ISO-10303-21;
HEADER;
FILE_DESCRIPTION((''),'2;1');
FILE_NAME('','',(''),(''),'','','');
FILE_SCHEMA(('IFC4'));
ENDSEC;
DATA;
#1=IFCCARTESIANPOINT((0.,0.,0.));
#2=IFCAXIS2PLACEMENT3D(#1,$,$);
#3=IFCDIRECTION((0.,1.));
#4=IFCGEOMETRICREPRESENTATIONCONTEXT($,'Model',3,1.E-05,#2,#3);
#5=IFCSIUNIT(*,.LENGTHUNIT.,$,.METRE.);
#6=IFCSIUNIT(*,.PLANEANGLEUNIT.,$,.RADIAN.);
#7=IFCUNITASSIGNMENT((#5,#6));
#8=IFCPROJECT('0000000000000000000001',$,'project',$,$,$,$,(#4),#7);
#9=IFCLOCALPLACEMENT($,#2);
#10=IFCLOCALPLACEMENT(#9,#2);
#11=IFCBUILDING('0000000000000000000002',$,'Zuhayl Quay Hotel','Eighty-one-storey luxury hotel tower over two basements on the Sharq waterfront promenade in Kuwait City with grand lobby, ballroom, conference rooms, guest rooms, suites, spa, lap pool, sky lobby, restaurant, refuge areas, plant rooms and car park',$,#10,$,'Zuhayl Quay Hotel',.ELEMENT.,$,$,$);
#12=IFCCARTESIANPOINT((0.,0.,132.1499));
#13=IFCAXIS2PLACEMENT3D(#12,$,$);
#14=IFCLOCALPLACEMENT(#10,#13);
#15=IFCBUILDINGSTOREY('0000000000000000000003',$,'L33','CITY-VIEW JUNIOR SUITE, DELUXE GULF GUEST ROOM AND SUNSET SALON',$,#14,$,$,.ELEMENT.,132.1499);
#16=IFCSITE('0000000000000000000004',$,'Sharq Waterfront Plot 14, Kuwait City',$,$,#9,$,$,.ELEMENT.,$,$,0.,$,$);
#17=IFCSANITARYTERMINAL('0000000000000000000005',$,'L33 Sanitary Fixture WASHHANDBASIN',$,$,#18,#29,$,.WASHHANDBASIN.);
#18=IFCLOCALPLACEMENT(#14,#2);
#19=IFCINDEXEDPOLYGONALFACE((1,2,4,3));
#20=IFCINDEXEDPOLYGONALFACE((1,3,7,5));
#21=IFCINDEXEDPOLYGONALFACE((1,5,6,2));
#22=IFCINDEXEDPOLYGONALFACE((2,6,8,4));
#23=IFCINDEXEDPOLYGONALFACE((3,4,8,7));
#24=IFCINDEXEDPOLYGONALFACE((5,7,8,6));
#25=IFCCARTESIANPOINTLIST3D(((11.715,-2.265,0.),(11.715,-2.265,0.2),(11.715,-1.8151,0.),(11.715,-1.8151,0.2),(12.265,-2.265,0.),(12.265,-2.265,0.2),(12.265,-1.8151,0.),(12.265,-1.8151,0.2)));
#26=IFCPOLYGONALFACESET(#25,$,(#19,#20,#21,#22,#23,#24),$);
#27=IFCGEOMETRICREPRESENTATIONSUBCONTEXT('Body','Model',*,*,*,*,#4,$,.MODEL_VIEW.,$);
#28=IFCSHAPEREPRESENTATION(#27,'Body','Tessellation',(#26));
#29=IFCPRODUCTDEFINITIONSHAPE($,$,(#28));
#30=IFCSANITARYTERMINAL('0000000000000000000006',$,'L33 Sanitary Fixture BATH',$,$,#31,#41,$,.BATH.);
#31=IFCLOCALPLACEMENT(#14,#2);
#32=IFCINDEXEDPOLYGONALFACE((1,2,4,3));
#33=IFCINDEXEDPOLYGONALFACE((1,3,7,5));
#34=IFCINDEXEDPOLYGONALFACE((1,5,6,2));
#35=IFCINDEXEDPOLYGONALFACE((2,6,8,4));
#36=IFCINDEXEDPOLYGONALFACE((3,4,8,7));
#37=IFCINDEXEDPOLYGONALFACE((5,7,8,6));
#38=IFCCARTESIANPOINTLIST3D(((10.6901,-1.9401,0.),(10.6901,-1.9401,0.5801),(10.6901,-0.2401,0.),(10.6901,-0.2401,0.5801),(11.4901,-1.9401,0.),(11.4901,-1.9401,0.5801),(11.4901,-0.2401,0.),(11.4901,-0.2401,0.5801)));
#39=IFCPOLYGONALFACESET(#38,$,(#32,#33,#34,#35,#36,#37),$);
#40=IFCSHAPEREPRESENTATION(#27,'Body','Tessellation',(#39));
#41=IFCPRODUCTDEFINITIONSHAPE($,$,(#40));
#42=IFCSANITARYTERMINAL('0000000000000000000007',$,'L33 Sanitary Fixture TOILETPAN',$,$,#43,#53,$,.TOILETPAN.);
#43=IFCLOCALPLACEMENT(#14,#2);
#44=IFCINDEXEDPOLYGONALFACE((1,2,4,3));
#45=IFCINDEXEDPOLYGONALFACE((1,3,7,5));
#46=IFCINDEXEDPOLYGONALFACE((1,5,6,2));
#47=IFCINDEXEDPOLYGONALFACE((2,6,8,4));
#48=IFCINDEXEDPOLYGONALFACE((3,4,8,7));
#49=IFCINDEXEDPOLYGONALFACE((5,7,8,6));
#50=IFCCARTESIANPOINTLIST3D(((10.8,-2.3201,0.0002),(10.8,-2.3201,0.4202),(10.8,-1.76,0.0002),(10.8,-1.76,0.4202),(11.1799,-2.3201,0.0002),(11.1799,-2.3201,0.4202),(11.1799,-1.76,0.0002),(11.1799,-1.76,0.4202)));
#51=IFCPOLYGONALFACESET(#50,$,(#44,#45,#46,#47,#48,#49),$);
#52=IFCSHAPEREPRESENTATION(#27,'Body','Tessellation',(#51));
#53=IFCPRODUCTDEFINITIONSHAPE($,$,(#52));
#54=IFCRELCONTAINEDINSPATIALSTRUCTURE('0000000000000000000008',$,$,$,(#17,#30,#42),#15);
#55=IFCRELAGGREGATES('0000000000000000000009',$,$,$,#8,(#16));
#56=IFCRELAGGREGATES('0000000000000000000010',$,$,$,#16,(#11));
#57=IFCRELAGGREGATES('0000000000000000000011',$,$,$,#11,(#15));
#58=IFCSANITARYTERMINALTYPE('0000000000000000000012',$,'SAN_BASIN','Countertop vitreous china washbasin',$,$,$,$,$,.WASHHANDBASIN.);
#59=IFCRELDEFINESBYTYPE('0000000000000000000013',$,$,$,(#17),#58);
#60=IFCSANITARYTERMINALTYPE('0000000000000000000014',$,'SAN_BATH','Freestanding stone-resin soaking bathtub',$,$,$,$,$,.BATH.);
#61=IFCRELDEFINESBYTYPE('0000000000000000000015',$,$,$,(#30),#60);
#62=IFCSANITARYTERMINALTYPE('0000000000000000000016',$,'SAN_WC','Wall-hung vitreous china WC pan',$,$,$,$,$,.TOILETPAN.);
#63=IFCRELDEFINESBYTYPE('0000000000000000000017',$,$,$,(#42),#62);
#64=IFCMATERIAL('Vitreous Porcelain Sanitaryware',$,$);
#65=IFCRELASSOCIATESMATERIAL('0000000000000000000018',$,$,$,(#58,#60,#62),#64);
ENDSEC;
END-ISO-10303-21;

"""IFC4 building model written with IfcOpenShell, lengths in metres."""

from ifc_helpers import new_model, si_unit, direction, frame, origin, origin_2d, place, context, subcontext, project, spatial, rectangle, extrude, material, type_object, element, save


model = new_model("IFC4")

# Units and contexts
model_context = context("Model", 3, precision=1e-05, world=origin(), true_north=direction((0.0, 1.0)))
body_context = subcontext(model_context, "Body", "Model", "MODEL_VIEW")
ifc_project = project(units=[si_unit("LENGTHUNIT", "METRE"), si_unit("PLANEANGLEUNIT", "RADIAN")], contexts=[model_context])

# Site, building, storey
site_placement = place(None, origin())
site = spatial("IfcSite", under=ifc_project, at=site_placement, Name="Sharq Waterfront Plot 14, Kuwait City", CompositionType="ELEMENT", RefElevation=0.0)
building_placement = place(site_placement, origin())
building = spatial("IfcBuilding", under=site, at=building_placement, Name="Zuhayl Quay Hotel", Description="Eighty-one-storey luxury hotel tower over two basements on the Sharq waterfront promenade in Kuwait City with grand lobby, ballroom, conference rooms, guest rooms, suites, spa, lap pool, sky lobby, restaurant, refuge areas, plant rooms and car park", LongName="Zuhayl Quay Hotel", CompositionType="ELEMENT")
storey_placement = place(building_placement, frame((0.0, 0.0, 132.1499)))
storey = spatial("IfcBuildingStorey", under=building, at=storey_placement, Name="L33", Description="CITY-VIEW JUNIOR SUITE, DELUXE GULF GUEST ROOM AND SUNSET SALON", CompositionType="ELEMENT", Elevation=132.1499)

# Sanitary terminals
ifc_material_1 = material(Name="Vitreous Porcelain Sanitaryware")
sanitary_terminal_type_1 = type_object("IfcSanitaryTerminalType", Name="SAN_BASIN", Description="Countertop vitreous china washbasin", PredefinedType="WASHHANDBASIN", material=ifc_material_1)
sanitary_terminal_1_placement = place(storey_placement, frame((11.99, -2.04, 0.0), z_axis=(0.0, 0.0, 1.0), x_axis=(1.0, 0.0, 0.0)))
element("IfcSanitaryTerminal", 1, at=sanitary_terminal_1_placement, inside=storey, type_object=sanitary_terminal_type_1, Name="L33 Sanitary Fixture WASHHANDBASIN", PredefinedType="WASHHANDBASIN", context=body_context, shape_type="SweptSolid", body=[
    extrude(rectangle(XDim=0.55, YDim=0.45, at=origin_2d()), origin(), (0.0, 0.0, 1.0), 0.2),
])
sanitary_terminal_type_2 = type_object("IfcSanitaryTerminalType", Name="SAN_BATH", Description="Freestanding stone-resin soaking bathtub", PredefinedType="BATH", material=ifc_material_1)
sanitary_terminal_2_placement = place(storey_placement, frame((11.0901, -1.0901, 0.0), z_axis=(0.0, 0.0, 1.0), x_axis=(1.0, 0.0, 0.0)))
element("IfcSanitaryTerminal", 2, at=sanitary_terminal_2_placement, inside=storey, type_object=sanitary_terminal_type_2, Name="L33 Sanitary Fixture BATH", PredefinedType="BATH", context=body_context, shape_type="SweptSolid", body=[
    extrude(rectangle(XDim=0.8, YDim=1.7, at=origin_2d()), origin(), (0.0, 0.0, 1.0), 0.5801),
])
sanitary_terminal_type_3 = type_object("IfcSanitaryTerminalType", Name="SAN_WC", Description="Wall-hung vitreous china WC pan", PredefinedType="TOILETPAN", material=ifc_material_1)
sanitary_terminal_3_placement = place(storey_placement, frame((10.99, -2.04, 0.0002), z_axis=(0.0, 0.0, 1.0), x_axis=(1.0, 0.0, 0.0)))
element("IfcSanitaryTerminal", 3, at=sanitary_terminal_3_placement, inside=storey, type_object=sanitary_terminal_type_3, Name="L33 Sanitary Fixture TOILETPAN", PredefinedType="TOILETPAN", context=body_context, shape_type="SweptSolid", body=[
    extrude(rectangle(XDim=0.3799, YDim=0.5601, at=origin_2d()), origin(), (0.0, 0.0, 1.0), 0.4199),
])

save(model, "model.ifc")
